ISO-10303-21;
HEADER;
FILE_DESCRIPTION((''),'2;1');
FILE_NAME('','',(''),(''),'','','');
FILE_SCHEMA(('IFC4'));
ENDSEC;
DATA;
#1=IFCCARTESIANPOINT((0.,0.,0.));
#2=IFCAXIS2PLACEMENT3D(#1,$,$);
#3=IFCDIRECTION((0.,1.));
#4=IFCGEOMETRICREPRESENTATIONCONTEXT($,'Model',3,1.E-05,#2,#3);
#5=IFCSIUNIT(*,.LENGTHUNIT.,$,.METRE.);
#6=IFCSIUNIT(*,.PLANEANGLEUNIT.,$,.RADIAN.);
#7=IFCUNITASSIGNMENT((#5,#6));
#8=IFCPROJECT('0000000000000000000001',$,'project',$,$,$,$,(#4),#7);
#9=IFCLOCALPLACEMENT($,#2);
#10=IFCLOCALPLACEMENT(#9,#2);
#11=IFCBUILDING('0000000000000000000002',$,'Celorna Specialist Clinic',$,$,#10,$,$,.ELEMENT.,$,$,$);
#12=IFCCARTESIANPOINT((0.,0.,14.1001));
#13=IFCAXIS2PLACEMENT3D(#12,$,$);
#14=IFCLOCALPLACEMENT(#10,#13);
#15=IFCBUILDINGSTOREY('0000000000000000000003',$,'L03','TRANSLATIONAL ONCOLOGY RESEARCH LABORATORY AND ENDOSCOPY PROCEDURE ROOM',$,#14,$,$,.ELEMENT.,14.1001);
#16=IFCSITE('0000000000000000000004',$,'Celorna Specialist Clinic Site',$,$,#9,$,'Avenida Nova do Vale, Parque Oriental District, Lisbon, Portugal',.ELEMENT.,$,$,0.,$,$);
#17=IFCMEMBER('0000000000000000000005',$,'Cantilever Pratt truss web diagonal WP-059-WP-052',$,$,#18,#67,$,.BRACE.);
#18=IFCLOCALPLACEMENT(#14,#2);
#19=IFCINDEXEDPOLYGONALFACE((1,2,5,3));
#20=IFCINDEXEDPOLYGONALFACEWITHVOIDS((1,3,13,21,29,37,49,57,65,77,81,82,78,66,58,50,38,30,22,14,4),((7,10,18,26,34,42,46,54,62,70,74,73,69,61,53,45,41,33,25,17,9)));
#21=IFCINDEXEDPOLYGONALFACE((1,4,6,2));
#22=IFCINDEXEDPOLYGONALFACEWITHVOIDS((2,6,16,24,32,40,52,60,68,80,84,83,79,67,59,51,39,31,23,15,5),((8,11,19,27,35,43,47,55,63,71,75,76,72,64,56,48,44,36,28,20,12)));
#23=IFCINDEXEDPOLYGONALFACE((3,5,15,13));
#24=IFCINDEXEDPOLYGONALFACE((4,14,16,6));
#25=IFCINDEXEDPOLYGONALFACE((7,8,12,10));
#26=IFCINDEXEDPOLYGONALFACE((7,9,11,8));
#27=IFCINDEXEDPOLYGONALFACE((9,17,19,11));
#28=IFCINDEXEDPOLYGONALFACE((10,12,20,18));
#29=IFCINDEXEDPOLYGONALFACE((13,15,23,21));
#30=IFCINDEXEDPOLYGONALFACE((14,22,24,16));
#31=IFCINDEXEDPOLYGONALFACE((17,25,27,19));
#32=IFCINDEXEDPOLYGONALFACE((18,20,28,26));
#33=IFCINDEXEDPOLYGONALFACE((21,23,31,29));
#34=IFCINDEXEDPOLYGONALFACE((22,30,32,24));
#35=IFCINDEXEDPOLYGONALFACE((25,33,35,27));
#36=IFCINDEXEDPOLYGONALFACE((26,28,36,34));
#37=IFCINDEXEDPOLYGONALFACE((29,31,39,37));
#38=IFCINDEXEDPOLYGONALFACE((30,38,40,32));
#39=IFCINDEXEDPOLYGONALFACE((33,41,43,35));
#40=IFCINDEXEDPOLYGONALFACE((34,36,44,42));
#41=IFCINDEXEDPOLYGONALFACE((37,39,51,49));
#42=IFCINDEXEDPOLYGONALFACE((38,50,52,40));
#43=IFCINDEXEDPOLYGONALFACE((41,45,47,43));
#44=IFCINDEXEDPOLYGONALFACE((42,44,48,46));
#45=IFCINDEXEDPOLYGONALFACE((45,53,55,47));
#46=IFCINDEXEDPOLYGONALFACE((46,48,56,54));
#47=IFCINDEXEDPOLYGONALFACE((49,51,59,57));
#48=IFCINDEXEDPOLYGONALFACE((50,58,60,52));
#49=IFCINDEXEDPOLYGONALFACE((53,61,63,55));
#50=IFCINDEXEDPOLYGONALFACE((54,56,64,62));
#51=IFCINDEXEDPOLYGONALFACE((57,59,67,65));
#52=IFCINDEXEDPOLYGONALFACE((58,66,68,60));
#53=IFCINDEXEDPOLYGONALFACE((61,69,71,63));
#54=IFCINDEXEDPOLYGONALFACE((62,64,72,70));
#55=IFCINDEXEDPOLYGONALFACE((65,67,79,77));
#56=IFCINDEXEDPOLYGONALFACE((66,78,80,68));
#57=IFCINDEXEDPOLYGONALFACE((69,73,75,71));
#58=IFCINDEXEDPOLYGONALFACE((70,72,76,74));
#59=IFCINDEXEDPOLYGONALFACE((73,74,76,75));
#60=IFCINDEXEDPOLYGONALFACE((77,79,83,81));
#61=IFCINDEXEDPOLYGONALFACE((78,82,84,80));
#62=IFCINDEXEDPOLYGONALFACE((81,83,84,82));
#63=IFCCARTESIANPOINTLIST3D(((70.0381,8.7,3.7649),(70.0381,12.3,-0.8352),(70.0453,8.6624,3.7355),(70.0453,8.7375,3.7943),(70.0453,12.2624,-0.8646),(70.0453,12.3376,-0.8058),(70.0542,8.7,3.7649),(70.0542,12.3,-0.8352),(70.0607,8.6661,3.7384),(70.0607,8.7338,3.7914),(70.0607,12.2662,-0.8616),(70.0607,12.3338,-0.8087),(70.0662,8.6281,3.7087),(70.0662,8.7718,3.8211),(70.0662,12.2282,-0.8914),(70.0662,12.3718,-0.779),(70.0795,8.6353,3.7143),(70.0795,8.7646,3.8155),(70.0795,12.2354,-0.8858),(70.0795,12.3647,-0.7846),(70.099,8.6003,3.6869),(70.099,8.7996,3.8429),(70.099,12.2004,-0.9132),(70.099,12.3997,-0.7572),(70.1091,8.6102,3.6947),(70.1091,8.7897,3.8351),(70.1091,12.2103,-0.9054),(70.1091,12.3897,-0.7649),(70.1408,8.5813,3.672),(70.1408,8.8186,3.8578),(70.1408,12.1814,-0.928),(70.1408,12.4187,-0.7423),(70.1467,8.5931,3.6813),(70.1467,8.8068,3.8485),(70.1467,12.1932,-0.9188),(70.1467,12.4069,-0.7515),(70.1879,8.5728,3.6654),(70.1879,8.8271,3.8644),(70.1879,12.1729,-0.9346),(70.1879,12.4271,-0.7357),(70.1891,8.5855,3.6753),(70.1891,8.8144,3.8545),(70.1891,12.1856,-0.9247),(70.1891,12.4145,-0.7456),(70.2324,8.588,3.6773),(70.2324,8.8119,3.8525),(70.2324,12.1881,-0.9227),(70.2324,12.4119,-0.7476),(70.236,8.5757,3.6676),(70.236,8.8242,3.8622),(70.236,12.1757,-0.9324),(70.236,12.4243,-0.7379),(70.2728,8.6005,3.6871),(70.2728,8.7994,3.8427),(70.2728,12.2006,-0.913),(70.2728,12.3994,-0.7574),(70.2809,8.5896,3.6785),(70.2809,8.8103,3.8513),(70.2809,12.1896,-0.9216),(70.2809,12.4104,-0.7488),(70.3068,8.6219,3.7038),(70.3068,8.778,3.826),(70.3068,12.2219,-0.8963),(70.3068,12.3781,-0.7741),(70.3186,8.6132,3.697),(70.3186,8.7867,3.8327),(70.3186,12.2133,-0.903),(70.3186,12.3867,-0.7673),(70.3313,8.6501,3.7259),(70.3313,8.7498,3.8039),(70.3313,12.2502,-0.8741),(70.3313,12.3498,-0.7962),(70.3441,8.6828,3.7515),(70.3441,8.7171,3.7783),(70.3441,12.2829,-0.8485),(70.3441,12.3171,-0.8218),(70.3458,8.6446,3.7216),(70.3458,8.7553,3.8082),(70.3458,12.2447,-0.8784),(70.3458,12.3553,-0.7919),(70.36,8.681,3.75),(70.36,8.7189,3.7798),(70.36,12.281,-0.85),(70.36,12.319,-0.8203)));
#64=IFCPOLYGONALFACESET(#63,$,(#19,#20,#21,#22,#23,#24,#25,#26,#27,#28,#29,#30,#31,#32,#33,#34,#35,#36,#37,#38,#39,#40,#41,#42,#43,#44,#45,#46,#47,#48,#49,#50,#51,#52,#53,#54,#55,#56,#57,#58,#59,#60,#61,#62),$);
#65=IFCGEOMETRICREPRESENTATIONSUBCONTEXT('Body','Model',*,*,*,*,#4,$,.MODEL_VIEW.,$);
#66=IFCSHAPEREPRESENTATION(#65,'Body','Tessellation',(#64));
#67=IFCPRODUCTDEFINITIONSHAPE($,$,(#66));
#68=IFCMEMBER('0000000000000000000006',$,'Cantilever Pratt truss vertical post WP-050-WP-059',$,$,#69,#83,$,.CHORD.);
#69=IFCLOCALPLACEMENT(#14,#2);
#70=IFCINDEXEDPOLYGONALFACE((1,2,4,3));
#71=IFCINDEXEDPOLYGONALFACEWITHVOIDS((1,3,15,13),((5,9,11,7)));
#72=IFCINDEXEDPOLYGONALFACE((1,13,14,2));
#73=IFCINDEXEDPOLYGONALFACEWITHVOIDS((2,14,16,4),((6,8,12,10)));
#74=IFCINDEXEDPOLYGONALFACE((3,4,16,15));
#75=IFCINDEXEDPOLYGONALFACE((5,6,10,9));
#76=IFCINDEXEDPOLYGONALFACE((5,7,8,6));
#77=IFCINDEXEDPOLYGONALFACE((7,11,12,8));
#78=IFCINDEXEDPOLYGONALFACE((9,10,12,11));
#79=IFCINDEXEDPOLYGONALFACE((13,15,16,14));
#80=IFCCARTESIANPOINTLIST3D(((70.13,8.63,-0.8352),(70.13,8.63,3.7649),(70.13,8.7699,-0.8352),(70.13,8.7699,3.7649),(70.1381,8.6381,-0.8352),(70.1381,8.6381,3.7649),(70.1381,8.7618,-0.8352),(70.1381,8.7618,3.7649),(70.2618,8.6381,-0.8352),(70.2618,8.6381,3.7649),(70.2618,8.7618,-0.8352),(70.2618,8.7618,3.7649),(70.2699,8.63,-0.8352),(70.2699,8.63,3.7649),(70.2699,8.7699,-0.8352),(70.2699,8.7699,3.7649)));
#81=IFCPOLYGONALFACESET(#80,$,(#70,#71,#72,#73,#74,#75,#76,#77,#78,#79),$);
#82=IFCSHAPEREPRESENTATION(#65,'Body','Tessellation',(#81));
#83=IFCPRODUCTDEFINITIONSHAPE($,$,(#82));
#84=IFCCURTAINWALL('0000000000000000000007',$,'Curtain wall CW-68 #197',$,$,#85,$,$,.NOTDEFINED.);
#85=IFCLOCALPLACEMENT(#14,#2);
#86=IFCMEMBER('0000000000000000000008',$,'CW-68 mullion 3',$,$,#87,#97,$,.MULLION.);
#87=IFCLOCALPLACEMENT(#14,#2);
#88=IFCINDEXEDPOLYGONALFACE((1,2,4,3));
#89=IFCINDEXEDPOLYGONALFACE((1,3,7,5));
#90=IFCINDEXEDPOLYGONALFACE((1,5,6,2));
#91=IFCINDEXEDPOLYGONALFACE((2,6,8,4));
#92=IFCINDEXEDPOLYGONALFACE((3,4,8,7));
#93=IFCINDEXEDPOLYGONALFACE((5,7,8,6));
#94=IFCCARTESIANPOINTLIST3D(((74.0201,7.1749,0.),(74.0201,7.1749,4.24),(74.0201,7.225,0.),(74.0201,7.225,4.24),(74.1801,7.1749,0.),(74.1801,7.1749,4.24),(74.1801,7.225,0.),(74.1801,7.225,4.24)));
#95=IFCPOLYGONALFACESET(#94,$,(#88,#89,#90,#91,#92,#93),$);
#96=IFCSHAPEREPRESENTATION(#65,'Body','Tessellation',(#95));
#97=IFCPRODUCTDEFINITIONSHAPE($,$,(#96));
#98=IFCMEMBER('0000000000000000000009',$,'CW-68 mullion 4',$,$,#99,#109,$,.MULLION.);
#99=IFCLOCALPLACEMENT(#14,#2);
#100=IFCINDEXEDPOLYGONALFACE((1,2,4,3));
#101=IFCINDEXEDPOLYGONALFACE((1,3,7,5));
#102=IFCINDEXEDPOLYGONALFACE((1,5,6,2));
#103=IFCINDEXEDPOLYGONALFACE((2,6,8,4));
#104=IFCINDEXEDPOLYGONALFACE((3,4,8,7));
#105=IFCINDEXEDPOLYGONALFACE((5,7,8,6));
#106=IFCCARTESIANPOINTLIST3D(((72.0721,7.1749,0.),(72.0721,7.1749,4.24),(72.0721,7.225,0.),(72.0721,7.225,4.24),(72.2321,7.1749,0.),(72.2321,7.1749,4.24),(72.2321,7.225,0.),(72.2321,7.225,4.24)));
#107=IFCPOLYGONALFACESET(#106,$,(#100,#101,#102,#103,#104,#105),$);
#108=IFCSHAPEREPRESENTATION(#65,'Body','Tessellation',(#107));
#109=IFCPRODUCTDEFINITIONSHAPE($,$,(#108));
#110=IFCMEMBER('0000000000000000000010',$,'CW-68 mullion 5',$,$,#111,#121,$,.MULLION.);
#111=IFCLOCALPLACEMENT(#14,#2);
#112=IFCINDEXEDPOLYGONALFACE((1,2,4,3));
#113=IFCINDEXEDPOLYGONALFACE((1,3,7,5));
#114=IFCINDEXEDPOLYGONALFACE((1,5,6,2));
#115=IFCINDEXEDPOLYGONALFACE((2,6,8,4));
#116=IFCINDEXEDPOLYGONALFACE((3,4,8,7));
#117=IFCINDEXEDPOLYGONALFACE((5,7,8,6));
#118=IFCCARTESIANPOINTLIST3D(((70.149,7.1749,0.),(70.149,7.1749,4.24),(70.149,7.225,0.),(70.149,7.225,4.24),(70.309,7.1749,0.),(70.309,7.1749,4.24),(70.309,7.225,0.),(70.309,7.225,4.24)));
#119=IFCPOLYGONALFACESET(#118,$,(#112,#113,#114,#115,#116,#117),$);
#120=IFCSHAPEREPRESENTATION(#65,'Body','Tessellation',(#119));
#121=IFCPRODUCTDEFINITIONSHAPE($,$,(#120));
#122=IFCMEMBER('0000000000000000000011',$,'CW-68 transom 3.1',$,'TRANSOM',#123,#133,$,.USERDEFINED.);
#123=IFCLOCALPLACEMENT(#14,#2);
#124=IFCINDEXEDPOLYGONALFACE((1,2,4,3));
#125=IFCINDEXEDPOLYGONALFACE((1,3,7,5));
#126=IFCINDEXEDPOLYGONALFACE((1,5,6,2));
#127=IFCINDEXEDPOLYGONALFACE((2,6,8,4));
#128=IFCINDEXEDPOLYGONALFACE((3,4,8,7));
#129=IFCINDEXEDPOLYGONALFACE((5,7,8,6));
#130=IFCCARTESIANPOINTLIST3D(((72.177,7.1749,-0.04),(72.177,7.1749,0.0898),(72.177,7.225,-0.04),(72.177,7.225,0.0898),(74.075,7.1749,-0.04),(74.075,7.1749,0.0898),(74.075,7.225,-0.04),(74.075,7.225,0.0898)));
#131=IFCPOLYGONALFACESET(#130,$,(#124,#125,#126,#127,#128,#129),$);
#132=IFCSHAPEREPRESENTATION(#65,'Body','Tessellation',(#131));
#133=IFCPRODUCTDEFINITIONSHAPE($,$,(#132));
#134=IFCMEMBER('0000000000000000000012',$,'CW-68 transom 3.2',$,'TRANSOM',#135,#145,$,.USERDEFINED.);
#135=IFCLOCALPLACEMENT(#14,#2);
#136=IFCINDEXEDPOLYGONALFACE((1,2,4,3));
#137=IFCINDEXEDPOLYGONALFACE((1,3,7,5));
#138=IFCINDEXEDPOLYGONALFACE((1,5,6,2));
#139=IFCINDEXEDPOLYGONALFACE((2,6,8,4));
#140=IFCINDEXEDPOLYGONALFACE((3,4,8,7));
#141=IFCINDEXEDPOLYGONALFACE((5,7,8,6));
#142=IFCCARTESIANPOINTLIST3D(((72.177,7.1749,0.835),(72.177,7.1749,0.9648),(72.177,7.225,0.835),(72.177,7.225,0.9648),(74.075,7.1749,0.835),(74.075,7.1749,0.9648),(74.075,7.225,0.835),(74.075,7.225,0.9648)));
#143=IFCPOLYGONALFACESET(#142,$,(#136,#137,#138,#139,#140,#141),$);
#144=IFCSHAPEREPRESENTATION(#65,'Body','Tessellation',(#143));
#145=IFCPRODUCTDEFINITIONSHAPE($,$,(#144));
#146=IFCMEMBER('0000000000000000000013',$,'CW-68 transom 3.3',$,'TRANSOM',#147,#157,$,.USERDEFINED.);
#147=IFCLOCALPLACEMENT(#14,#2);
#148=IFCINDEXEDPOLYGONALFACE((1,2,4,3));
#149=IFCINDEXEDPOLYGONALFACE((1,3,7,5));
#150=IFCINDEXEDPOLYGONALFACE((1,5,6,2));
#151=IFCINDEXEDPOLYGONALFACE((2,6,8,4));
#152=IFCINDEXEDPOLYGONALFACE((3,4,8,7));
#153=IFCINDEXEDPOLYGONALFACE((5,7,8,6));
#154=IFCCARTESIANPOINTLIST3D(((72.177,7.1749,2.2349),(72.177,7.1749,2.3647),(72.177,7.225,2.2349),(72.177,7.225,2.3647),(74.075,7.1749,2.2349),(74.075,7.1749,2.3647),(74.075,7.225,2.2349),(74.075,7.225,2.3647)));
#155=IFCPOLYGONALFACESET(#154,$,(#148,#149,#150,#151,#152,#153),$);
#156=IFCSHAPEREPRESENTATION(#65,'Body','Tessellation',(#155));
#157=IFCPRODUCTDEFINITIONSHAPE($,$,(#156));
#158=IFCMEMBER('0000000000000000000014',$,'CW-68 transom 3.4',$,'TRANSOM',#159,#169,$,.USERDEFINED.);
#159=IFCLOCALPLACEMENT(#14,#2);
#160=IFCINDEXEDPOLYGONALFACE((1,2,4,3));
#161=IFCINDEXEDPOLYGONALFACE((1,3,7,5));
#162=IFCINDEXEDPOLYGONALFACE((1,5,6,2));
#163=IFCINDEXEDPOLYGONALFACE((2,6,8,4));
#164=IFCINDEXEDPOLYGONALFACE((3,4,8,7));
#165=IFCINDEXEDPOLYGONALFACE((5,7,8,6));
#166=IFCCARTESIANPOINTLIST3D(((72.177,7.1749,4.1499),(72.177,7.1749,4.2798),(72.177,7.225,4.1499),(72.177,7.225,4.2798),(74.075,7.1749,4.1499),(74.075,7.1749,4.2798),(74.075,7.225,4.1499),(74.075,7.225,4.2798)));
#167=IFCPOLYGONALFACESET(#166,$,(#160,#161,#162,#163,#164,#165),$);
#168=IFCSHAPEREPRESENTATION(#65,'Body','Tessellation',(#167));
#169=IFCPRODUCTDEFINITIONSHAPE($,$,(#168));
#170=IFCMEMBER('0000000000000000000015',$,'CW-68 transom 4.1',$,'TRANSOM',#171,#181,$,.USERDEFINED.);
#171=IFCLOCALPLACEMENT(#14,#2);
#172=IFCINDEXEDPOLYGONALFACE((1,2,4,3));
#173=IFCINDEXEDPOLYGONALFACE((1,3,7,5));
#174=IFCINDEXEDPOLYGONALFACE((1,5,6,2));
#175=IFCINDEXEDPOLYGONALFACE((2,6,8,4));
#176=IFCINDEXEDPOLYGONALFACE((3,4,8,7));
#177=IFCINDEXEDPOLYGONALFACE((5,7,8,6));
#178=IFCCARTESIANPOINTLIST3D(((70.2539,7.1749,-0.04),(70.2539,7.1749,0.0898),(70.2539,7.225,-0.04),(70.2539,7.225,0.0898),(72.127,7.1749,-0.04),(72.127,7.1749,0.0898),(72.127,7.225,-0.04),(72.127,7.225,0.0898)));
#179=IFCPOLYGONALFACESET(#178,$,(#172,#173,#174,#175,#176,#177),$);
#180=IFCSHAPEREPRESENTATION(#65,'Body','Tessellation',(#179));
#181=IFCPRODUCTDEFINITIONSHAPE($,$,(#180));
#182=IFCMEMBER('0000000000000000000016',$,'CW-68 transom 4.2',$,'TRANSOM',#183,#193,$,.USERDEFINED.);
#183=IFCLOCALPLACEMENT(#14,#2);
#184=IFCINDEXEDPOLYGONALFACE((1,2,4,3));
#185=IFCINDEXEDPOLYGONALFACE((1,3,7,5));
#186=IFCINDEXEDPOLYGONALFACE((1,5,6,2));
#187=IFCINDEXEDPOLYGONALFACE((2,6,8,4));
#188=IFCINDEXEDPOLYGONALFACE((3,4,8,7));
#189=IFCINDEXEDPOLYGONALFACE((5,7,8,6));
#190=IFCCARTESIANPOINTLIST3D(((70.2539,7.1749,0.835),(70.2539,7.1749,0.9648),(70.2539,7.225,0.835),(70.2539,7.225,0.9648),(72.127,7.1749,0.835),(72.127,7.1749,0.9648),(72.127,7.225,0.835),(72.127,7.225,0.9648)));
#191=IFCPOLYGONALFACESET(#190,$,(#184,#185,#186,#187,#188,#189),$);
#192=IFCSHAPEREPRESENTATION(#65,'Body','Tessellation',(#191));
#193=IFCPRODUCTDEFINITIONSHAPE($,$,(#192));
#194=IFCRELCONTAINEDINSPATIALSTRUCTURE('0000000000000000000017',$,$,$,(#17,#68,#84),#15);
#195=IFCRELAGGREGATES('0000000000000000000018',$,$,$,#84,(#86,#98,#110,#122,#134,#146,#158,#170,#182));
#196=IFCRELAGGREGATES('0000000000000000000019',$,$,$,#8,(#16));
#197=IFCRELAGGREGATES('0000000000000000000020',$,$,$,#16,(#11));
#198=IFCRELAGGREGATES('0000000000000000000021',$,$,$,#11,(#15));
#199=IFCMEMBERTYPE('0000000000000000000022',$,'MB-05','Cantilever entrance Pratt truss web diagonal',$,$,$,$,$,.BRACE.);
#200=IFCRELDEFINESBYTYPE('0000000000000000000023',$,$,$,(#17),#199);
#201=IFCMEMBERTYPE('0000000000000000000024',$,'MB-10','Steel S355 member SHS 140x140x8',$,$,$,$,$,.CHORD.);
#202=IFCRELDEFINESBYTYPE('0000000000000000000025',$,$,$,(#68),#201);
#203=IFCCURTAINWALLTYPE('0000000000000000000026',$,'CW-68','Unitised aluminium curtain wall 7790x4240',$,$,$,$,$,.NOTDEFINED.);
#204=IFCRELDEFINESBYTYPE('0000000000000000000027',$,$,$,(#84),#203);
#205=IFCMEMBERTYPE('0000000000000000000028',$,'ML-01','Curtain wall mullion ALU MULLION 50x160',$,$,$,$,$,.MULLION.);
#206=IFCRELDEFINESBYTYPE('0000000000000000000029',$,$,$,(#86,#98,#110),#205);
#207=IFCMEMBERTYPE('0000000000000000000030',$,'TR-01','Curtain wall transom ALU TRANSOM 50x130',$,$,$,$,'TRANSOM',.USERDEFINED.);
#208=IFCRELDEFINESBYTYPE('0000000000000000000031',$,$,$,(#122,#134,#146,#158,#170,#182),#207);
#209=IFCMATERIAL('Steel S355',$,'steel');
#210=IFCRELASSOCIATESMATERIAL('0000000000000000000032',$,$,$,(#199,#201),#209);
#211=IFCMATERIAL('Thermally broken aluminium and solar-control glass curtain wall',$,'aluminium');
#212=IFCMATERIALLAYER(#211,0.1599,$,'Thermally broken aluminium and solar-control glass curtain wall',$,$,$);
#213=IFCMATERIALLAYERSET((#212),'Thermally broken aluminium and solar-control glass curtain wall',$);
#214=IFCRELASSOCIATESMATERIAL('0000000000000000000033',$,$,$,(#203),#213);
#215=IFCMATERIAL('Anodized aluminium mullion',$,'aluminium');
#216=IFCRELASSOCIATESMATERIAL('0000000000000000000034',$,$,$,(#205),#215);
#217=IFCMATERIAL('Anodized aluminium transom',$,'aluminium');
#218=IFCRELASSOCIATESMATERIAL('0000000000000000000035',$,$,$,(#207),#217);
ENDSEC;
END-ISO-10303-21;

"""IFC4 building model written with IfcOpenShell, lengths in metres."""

from ifc_helpers import new_model, si_unit, direction, frame, origin, origin_2d, place, context, subcontext, project, spatial, rectangle, hollow_rectangle, hollow_circle, extrude, material, layer, layer_set, material_profile, profile_set, type_object, element, aggregate, save


model = new_model("IFC4")

# Units and contexts
model_context = context("Model", 3, precision=1e-05, world=origin(), true_north=direction((0.0, 1.0)))
body_context = subcontext(model_context, "Body", "Model", "MODEL_VIEW")
ifc_project = project(units=[si_unit("LENGTHUNIT", "METRE"), si_unit("PLANEANGLEUNIT", "RADIAN")], contexts=[model_context])

# Site, building, storey
site_placement = place(None, origin())
site = spatial("IfcSite", under=ifc_project, at=site_placement, Name="Celorna Specialist Clinic Site", LongName="Avenida Nova do Vale, Parque Oriental District, Lisbon, Portugal", CompositionType="ELEMENT", RefElevation=0.0)
building_placement = place(site_placement, origin())
building = spatial("IfcBuilding", under=site, at=building_placement, Name="Celorna Specialist Clinic", CompositionType="ELEMENT")
storey_placement = place(building_placement, frame((0.0, 0.0, 14.1001)))
storey = spatial("IfcBuildingStorey", under=building, at=storey_placement, Name="L03", Description="TRANSLATIONAL ONCOLOGY RESEARCH LABORATORY AND ENDOSCOPY PROCEDURE ROOM", CompositionType="ELEMENT", Elevation=14.1001)

# Members
ifc_material_1 = material(Name="Steel S355", Category="steel")
ifc_material_profile_1 = material_profile(ifc_material_1, hollow_circle(Radius=0.1619, WallThickness=0.0161, at=origin_2d()), Name="CHS 323.9x16")
ifc_profile_set_1 = profile_set([ifc_material_profile_1], Name="Steel S355")
member_type_1 = type_object("IfcMemberType", Name="MB-05", Description="Cantilever entrance Pratt truss web diagonal", PredefinedType="BRACE", material=ifc_profile_set_1)
member_1_placement = place(storey_placement, frame((70.2, 8.7, 3.7649), z_axis=(0.0, 0.616311, -0.787503), x_axis=(-1.0, 0.0, 0.0)))
element("IfcMember", 1, at=member_1_placement, inside=storey, type_object=member_type_1, Name="Cantilever Pratt truss web diagonal WP-059-WP-052", PredefinedType="BRACE", context=body_context, shape_type="SweptSolid", body=[
    extrude(hollow_circle(Radius=0.1619, WallThickness=0.0161, at=origin_2d()), origin(), (0.0, 0.0, 1.0), 5.8413),
])
ifc_material_profile_2 = material_profile(ifc_material_1, hollow_rectangle(XDim=0.1399, YDim=0.1399, WallThickness=0.0081, at=origin_2d()), Name="SHS 140x140x8")
ifc_profile_set_2 = profile_set([ifc_material_profile_2], Name="Steel S355")
member_type_2 = type_object("IfcMemberType", Name="MB-10", Description="Steel S355 member SHS 140x140x8", PredefinedType="CHORD", material=ifc_profile_set_2)
member_2_placement = place(storey_placement, frame((70.2, 8.7, -0.8352), z_axis=(0.0, 0.0, 1.0), x_axis=(1.0, 0.0, 0.0)))
element("IfcMember", 2, at=member_2_placement, inside=storey, type_object=member_type_2, Name="Cantilever Pratt truss vertical post WP-050-WP-059", PredefinedType="CHORD", context=body_context, shape_type="SweptSolid", body=[
    extrude(hollow_rectangle(XDim=0.1399, YDim=0.1399, WallThickness=0.0081, at=origin_2d()), origin(), (0.0, 0.0, 1.0), 4.6001),
])

# Curtain wall, members
ifc_material_2 = material(Name="Thermally broken aluminium and solar-control glass curtain wall", Category="aluminium")
ifc_layer_1 = layer(ifc_material_2, 0.1599, Name="Thermally broken aluminium and solar-control glass curtain wall")
ifc_layer_set_1 = layer_set([ifc_layer_1], Name="Thermally broken aluminium and solar-control glass curtain wall")
curtain_wall_type = type_object("IfcCurtainWallType", Name="CW-68", Description="Unitised aluminium curtain wall 7790x4240", PredefinedType="NOTDEFINED", material=ifc_layer_set_1)
curtain_wall_placement = place(storey_placement, origin())
curtain_wall = element("IfcCurtainWall", 3, at=curtain_wall_placement, inside=storey, type_object=curtain_wall_type, Name="Curtain wall CW-68 #197", PredefinedType="NOTDEFINED")
ifc_material_3 = material(Name="Anodized aluminium mullion", Category="aluminium")
ifc_material_profile_3 = material_profile(ifc_material_3, rectangle(XDim=0.05, YDim=0.1599, at=origin_2d()), Name="ALU MULLION 50x160")
ifc_profile_set_3 = profile_set([ifc_material_profile_3], Name="Anodized aluminium mullion")
member_type_3 = type_object("IfcMemberType", Name="ML-01", Description="Curtain wall mullion ALU MULLION 50x160", PredefinedType="MULLION", material=ifc_profile_set_3)
member_3_placement = place(storey_placement, frame((74.1001, 7.2, 0.0), z_axis=(0.0, 0.0, 1.0), x_axis=(0.0, -1.0, 0.0)))
member_3 = element("IfcMember", 4, at=member_3_placement, type_object=member_type_3, Name="CW-68 mullion 3", PredefinedType="MULLION", context=body_context, shape_type="SweptSolid", body=[
    extrude(rectangle(XDim=0.05, YDim=0.1599, at=origin_2d()), origin(), (0.0, 0.0, 1.0), 4.24),
])
member_4_placement = place(storey_placement, frame((72.1521, 7.2, 0.0), z_axis=(0.0, 0.0, 1.0), x_axis=(0.0, -1.0, 0.0)))
member_4 = element("IfcMember", 5, at=member_4_placement, type_object=member_type_3, Name="CW-68 mullion 4", PredefinedType="MULLION", context=body_context, shape_type="SweptSolid", body=[
    extrude(rectangle(XDim=0.05, YDim=0.1599, at=origin_2d()), origin(), (0.0, 0.0, 1.0), 4.24),
])
member_5_placement = place(storey_placement, frame((70.229, 7.2, 0.0), z_axis=(0.0, 0.0, 1.0), x_axis=(0.0, -1.0, 0.0)))
member_5 = element("IfcMember", 6, at=member_5_placement, type_object=member_type_3, Name="CW-68 mullion 5", PredefinedType="MULLION", context=body_context, shape_type="SweptSolid", body=[
    extrude(rectangle(XDim=0.05, YDim=0.1599, at=origin_2d()), origin(), (0.0, 0.0, 1.0), 4.24),
])
ifc_material_4 = material(Name="Anodized aluminium transom", Category="aluminium")
ifc_material_profile_4 = material_profile(ifc_material_4, rectangle(XDim=0.05, YDim=0.1299, at=origin_2d()), Name="ALU TRANSOM 50x130")
ifc_profile_set_4 = profile_set([ifc_material_profile_4], Name="Anodized aluminium transom")
member_type_4 = type_object("IfcMemberType", Name="TR-01", Description="Curtain wall transom ALU TRANSOM 50x130", ElementType="TRANSOM", PredefinedType="USERDEFINED", material=ifc_profile_set_4)
member_6_placement = place(storey_placement, frame((74.075, 7.2, 0.0249), z_axis=(-1.0, 0.0, 0.0), x_axis=(0.0, -1.0, 0.0)))
member_6 = element("IfcMember", 7, at=member_6_placement, type_object=member_type_4, Name="CW-68 transom 3.1", ObjectType="TRANSOM", PredefinedType="USERDEFINED", context=body_context, shape_type="SweptSolid", body=[
    extrude(rectangle(XDim=0.05, YDim=0.1299, at=origin_2d()), origin(), (0.0, 0.0, 1.0), 1.8979),
])
member_7_placement = place(storey_placement, frame((74.075, 7.2, 0.8999), z_axis=(-1.0, 0.0, 0.0), x_axis=(0.0, -1.0, 0.0)))
member_7 = element("IfcMember", 8, at=member_7_placement, type_object=member_type_4, Name="CW-68 transom 3.2", ObjectType="TRANSOM", PredefinedType="USERDEFINED", context=body_context, shape_type="SweptSolid", body=[
    extrude(rectangle(XDim=0.05, YDim=0.1299, at=origin_2d()), origin(), (0.0, 0.0, 1.0), 1.8979),
])
member_8_placement = place(storey_placement, frame((74.075, 7.2, 2.2998), z_axis=(-1.0, 0.0, 0.0), x_axis=(0.0, -1.0, 0.0)))
member_8 = element("IfcMember", 9, at=member_8_placement, type_object=member_type_4, Name="CW-68 transom 3.3", ObjectType="TRANSOM", PredefinedType="USERDEFINED", context=body_context, shape_type="SweptSolid", body=[
    extrude(rectangle(XDim=0.05, YDim=0.1299, at=origin_2d()), origin(), (0.0, 0.0, 1.0), 1.8979),
])
member_9_placement = place(storey_placement, frame((74.075, 7.2, 4.2148), z_axis=(-1.0, 0.0, 0.0), x_axis=(0.0, -1.0, 0.0)))
member_9 = element("IfcMember", 10, at=member_9_placement, type_object=member_type_4, Name="CW-68 transom 3.4", ObjectType="TRANSOM", PredefinedType="USERDEFINED", context=body_context, shape_type="SweptSolid", body=[
    extrude(rectangle(XDim=0.05, YDim=0.1299, at=origin_2d()), origin(), (0.0, 0.0, 1.0), 1.8979),
])
member_10_placement = place(storey_placement, frame((72.127, 7.2, 0.0249), z_axis=(-1.0, 0.0, 0.0), x_axis=(0.0, -1.0, 0.0)))
member_10 = element("IfcMember", 11, at=member_10_placement, type_object=member_type_4, Name="CW-68 transom 4.1", ObjectType="TRANSOM", PredefinedType="USERDEFINED", context=body_context, shape_type="SweptSolid", body=[
    extrude(rectangle(XDim=0.05, YDim=0.1299, at=origin_2d()), origin(), (0.0, 0.0, 1.0), 1.873),
])
member_11_placement = place(storey_placement, frame((72.127, 7.2, 0.8999), z_axis=(-1.0, 0.0, 0.0), x_axis=(0.0, -1.0, 0.0)))
member_11 = element("IfcMember", 12, at=member_11_placement, type_object=member_type_4, Name="CW-68 transom 4.2", ObjectType="TRANSOM", PredefinedType="USERDEFINED", context=body_context, shape_type="SweptSolid", body=[
    extrude(rectangle(XDim=0.05, YDim=0.1299, at=origin_2d()), origin(), (0.0, 0.0, 1.0), 1.873),
])
aggregate(curtain_wall, [member_3, member_4, member_5, member_6, member_7, member_8, member_9, member_10, member_11])

save(model, "model.ifc")
